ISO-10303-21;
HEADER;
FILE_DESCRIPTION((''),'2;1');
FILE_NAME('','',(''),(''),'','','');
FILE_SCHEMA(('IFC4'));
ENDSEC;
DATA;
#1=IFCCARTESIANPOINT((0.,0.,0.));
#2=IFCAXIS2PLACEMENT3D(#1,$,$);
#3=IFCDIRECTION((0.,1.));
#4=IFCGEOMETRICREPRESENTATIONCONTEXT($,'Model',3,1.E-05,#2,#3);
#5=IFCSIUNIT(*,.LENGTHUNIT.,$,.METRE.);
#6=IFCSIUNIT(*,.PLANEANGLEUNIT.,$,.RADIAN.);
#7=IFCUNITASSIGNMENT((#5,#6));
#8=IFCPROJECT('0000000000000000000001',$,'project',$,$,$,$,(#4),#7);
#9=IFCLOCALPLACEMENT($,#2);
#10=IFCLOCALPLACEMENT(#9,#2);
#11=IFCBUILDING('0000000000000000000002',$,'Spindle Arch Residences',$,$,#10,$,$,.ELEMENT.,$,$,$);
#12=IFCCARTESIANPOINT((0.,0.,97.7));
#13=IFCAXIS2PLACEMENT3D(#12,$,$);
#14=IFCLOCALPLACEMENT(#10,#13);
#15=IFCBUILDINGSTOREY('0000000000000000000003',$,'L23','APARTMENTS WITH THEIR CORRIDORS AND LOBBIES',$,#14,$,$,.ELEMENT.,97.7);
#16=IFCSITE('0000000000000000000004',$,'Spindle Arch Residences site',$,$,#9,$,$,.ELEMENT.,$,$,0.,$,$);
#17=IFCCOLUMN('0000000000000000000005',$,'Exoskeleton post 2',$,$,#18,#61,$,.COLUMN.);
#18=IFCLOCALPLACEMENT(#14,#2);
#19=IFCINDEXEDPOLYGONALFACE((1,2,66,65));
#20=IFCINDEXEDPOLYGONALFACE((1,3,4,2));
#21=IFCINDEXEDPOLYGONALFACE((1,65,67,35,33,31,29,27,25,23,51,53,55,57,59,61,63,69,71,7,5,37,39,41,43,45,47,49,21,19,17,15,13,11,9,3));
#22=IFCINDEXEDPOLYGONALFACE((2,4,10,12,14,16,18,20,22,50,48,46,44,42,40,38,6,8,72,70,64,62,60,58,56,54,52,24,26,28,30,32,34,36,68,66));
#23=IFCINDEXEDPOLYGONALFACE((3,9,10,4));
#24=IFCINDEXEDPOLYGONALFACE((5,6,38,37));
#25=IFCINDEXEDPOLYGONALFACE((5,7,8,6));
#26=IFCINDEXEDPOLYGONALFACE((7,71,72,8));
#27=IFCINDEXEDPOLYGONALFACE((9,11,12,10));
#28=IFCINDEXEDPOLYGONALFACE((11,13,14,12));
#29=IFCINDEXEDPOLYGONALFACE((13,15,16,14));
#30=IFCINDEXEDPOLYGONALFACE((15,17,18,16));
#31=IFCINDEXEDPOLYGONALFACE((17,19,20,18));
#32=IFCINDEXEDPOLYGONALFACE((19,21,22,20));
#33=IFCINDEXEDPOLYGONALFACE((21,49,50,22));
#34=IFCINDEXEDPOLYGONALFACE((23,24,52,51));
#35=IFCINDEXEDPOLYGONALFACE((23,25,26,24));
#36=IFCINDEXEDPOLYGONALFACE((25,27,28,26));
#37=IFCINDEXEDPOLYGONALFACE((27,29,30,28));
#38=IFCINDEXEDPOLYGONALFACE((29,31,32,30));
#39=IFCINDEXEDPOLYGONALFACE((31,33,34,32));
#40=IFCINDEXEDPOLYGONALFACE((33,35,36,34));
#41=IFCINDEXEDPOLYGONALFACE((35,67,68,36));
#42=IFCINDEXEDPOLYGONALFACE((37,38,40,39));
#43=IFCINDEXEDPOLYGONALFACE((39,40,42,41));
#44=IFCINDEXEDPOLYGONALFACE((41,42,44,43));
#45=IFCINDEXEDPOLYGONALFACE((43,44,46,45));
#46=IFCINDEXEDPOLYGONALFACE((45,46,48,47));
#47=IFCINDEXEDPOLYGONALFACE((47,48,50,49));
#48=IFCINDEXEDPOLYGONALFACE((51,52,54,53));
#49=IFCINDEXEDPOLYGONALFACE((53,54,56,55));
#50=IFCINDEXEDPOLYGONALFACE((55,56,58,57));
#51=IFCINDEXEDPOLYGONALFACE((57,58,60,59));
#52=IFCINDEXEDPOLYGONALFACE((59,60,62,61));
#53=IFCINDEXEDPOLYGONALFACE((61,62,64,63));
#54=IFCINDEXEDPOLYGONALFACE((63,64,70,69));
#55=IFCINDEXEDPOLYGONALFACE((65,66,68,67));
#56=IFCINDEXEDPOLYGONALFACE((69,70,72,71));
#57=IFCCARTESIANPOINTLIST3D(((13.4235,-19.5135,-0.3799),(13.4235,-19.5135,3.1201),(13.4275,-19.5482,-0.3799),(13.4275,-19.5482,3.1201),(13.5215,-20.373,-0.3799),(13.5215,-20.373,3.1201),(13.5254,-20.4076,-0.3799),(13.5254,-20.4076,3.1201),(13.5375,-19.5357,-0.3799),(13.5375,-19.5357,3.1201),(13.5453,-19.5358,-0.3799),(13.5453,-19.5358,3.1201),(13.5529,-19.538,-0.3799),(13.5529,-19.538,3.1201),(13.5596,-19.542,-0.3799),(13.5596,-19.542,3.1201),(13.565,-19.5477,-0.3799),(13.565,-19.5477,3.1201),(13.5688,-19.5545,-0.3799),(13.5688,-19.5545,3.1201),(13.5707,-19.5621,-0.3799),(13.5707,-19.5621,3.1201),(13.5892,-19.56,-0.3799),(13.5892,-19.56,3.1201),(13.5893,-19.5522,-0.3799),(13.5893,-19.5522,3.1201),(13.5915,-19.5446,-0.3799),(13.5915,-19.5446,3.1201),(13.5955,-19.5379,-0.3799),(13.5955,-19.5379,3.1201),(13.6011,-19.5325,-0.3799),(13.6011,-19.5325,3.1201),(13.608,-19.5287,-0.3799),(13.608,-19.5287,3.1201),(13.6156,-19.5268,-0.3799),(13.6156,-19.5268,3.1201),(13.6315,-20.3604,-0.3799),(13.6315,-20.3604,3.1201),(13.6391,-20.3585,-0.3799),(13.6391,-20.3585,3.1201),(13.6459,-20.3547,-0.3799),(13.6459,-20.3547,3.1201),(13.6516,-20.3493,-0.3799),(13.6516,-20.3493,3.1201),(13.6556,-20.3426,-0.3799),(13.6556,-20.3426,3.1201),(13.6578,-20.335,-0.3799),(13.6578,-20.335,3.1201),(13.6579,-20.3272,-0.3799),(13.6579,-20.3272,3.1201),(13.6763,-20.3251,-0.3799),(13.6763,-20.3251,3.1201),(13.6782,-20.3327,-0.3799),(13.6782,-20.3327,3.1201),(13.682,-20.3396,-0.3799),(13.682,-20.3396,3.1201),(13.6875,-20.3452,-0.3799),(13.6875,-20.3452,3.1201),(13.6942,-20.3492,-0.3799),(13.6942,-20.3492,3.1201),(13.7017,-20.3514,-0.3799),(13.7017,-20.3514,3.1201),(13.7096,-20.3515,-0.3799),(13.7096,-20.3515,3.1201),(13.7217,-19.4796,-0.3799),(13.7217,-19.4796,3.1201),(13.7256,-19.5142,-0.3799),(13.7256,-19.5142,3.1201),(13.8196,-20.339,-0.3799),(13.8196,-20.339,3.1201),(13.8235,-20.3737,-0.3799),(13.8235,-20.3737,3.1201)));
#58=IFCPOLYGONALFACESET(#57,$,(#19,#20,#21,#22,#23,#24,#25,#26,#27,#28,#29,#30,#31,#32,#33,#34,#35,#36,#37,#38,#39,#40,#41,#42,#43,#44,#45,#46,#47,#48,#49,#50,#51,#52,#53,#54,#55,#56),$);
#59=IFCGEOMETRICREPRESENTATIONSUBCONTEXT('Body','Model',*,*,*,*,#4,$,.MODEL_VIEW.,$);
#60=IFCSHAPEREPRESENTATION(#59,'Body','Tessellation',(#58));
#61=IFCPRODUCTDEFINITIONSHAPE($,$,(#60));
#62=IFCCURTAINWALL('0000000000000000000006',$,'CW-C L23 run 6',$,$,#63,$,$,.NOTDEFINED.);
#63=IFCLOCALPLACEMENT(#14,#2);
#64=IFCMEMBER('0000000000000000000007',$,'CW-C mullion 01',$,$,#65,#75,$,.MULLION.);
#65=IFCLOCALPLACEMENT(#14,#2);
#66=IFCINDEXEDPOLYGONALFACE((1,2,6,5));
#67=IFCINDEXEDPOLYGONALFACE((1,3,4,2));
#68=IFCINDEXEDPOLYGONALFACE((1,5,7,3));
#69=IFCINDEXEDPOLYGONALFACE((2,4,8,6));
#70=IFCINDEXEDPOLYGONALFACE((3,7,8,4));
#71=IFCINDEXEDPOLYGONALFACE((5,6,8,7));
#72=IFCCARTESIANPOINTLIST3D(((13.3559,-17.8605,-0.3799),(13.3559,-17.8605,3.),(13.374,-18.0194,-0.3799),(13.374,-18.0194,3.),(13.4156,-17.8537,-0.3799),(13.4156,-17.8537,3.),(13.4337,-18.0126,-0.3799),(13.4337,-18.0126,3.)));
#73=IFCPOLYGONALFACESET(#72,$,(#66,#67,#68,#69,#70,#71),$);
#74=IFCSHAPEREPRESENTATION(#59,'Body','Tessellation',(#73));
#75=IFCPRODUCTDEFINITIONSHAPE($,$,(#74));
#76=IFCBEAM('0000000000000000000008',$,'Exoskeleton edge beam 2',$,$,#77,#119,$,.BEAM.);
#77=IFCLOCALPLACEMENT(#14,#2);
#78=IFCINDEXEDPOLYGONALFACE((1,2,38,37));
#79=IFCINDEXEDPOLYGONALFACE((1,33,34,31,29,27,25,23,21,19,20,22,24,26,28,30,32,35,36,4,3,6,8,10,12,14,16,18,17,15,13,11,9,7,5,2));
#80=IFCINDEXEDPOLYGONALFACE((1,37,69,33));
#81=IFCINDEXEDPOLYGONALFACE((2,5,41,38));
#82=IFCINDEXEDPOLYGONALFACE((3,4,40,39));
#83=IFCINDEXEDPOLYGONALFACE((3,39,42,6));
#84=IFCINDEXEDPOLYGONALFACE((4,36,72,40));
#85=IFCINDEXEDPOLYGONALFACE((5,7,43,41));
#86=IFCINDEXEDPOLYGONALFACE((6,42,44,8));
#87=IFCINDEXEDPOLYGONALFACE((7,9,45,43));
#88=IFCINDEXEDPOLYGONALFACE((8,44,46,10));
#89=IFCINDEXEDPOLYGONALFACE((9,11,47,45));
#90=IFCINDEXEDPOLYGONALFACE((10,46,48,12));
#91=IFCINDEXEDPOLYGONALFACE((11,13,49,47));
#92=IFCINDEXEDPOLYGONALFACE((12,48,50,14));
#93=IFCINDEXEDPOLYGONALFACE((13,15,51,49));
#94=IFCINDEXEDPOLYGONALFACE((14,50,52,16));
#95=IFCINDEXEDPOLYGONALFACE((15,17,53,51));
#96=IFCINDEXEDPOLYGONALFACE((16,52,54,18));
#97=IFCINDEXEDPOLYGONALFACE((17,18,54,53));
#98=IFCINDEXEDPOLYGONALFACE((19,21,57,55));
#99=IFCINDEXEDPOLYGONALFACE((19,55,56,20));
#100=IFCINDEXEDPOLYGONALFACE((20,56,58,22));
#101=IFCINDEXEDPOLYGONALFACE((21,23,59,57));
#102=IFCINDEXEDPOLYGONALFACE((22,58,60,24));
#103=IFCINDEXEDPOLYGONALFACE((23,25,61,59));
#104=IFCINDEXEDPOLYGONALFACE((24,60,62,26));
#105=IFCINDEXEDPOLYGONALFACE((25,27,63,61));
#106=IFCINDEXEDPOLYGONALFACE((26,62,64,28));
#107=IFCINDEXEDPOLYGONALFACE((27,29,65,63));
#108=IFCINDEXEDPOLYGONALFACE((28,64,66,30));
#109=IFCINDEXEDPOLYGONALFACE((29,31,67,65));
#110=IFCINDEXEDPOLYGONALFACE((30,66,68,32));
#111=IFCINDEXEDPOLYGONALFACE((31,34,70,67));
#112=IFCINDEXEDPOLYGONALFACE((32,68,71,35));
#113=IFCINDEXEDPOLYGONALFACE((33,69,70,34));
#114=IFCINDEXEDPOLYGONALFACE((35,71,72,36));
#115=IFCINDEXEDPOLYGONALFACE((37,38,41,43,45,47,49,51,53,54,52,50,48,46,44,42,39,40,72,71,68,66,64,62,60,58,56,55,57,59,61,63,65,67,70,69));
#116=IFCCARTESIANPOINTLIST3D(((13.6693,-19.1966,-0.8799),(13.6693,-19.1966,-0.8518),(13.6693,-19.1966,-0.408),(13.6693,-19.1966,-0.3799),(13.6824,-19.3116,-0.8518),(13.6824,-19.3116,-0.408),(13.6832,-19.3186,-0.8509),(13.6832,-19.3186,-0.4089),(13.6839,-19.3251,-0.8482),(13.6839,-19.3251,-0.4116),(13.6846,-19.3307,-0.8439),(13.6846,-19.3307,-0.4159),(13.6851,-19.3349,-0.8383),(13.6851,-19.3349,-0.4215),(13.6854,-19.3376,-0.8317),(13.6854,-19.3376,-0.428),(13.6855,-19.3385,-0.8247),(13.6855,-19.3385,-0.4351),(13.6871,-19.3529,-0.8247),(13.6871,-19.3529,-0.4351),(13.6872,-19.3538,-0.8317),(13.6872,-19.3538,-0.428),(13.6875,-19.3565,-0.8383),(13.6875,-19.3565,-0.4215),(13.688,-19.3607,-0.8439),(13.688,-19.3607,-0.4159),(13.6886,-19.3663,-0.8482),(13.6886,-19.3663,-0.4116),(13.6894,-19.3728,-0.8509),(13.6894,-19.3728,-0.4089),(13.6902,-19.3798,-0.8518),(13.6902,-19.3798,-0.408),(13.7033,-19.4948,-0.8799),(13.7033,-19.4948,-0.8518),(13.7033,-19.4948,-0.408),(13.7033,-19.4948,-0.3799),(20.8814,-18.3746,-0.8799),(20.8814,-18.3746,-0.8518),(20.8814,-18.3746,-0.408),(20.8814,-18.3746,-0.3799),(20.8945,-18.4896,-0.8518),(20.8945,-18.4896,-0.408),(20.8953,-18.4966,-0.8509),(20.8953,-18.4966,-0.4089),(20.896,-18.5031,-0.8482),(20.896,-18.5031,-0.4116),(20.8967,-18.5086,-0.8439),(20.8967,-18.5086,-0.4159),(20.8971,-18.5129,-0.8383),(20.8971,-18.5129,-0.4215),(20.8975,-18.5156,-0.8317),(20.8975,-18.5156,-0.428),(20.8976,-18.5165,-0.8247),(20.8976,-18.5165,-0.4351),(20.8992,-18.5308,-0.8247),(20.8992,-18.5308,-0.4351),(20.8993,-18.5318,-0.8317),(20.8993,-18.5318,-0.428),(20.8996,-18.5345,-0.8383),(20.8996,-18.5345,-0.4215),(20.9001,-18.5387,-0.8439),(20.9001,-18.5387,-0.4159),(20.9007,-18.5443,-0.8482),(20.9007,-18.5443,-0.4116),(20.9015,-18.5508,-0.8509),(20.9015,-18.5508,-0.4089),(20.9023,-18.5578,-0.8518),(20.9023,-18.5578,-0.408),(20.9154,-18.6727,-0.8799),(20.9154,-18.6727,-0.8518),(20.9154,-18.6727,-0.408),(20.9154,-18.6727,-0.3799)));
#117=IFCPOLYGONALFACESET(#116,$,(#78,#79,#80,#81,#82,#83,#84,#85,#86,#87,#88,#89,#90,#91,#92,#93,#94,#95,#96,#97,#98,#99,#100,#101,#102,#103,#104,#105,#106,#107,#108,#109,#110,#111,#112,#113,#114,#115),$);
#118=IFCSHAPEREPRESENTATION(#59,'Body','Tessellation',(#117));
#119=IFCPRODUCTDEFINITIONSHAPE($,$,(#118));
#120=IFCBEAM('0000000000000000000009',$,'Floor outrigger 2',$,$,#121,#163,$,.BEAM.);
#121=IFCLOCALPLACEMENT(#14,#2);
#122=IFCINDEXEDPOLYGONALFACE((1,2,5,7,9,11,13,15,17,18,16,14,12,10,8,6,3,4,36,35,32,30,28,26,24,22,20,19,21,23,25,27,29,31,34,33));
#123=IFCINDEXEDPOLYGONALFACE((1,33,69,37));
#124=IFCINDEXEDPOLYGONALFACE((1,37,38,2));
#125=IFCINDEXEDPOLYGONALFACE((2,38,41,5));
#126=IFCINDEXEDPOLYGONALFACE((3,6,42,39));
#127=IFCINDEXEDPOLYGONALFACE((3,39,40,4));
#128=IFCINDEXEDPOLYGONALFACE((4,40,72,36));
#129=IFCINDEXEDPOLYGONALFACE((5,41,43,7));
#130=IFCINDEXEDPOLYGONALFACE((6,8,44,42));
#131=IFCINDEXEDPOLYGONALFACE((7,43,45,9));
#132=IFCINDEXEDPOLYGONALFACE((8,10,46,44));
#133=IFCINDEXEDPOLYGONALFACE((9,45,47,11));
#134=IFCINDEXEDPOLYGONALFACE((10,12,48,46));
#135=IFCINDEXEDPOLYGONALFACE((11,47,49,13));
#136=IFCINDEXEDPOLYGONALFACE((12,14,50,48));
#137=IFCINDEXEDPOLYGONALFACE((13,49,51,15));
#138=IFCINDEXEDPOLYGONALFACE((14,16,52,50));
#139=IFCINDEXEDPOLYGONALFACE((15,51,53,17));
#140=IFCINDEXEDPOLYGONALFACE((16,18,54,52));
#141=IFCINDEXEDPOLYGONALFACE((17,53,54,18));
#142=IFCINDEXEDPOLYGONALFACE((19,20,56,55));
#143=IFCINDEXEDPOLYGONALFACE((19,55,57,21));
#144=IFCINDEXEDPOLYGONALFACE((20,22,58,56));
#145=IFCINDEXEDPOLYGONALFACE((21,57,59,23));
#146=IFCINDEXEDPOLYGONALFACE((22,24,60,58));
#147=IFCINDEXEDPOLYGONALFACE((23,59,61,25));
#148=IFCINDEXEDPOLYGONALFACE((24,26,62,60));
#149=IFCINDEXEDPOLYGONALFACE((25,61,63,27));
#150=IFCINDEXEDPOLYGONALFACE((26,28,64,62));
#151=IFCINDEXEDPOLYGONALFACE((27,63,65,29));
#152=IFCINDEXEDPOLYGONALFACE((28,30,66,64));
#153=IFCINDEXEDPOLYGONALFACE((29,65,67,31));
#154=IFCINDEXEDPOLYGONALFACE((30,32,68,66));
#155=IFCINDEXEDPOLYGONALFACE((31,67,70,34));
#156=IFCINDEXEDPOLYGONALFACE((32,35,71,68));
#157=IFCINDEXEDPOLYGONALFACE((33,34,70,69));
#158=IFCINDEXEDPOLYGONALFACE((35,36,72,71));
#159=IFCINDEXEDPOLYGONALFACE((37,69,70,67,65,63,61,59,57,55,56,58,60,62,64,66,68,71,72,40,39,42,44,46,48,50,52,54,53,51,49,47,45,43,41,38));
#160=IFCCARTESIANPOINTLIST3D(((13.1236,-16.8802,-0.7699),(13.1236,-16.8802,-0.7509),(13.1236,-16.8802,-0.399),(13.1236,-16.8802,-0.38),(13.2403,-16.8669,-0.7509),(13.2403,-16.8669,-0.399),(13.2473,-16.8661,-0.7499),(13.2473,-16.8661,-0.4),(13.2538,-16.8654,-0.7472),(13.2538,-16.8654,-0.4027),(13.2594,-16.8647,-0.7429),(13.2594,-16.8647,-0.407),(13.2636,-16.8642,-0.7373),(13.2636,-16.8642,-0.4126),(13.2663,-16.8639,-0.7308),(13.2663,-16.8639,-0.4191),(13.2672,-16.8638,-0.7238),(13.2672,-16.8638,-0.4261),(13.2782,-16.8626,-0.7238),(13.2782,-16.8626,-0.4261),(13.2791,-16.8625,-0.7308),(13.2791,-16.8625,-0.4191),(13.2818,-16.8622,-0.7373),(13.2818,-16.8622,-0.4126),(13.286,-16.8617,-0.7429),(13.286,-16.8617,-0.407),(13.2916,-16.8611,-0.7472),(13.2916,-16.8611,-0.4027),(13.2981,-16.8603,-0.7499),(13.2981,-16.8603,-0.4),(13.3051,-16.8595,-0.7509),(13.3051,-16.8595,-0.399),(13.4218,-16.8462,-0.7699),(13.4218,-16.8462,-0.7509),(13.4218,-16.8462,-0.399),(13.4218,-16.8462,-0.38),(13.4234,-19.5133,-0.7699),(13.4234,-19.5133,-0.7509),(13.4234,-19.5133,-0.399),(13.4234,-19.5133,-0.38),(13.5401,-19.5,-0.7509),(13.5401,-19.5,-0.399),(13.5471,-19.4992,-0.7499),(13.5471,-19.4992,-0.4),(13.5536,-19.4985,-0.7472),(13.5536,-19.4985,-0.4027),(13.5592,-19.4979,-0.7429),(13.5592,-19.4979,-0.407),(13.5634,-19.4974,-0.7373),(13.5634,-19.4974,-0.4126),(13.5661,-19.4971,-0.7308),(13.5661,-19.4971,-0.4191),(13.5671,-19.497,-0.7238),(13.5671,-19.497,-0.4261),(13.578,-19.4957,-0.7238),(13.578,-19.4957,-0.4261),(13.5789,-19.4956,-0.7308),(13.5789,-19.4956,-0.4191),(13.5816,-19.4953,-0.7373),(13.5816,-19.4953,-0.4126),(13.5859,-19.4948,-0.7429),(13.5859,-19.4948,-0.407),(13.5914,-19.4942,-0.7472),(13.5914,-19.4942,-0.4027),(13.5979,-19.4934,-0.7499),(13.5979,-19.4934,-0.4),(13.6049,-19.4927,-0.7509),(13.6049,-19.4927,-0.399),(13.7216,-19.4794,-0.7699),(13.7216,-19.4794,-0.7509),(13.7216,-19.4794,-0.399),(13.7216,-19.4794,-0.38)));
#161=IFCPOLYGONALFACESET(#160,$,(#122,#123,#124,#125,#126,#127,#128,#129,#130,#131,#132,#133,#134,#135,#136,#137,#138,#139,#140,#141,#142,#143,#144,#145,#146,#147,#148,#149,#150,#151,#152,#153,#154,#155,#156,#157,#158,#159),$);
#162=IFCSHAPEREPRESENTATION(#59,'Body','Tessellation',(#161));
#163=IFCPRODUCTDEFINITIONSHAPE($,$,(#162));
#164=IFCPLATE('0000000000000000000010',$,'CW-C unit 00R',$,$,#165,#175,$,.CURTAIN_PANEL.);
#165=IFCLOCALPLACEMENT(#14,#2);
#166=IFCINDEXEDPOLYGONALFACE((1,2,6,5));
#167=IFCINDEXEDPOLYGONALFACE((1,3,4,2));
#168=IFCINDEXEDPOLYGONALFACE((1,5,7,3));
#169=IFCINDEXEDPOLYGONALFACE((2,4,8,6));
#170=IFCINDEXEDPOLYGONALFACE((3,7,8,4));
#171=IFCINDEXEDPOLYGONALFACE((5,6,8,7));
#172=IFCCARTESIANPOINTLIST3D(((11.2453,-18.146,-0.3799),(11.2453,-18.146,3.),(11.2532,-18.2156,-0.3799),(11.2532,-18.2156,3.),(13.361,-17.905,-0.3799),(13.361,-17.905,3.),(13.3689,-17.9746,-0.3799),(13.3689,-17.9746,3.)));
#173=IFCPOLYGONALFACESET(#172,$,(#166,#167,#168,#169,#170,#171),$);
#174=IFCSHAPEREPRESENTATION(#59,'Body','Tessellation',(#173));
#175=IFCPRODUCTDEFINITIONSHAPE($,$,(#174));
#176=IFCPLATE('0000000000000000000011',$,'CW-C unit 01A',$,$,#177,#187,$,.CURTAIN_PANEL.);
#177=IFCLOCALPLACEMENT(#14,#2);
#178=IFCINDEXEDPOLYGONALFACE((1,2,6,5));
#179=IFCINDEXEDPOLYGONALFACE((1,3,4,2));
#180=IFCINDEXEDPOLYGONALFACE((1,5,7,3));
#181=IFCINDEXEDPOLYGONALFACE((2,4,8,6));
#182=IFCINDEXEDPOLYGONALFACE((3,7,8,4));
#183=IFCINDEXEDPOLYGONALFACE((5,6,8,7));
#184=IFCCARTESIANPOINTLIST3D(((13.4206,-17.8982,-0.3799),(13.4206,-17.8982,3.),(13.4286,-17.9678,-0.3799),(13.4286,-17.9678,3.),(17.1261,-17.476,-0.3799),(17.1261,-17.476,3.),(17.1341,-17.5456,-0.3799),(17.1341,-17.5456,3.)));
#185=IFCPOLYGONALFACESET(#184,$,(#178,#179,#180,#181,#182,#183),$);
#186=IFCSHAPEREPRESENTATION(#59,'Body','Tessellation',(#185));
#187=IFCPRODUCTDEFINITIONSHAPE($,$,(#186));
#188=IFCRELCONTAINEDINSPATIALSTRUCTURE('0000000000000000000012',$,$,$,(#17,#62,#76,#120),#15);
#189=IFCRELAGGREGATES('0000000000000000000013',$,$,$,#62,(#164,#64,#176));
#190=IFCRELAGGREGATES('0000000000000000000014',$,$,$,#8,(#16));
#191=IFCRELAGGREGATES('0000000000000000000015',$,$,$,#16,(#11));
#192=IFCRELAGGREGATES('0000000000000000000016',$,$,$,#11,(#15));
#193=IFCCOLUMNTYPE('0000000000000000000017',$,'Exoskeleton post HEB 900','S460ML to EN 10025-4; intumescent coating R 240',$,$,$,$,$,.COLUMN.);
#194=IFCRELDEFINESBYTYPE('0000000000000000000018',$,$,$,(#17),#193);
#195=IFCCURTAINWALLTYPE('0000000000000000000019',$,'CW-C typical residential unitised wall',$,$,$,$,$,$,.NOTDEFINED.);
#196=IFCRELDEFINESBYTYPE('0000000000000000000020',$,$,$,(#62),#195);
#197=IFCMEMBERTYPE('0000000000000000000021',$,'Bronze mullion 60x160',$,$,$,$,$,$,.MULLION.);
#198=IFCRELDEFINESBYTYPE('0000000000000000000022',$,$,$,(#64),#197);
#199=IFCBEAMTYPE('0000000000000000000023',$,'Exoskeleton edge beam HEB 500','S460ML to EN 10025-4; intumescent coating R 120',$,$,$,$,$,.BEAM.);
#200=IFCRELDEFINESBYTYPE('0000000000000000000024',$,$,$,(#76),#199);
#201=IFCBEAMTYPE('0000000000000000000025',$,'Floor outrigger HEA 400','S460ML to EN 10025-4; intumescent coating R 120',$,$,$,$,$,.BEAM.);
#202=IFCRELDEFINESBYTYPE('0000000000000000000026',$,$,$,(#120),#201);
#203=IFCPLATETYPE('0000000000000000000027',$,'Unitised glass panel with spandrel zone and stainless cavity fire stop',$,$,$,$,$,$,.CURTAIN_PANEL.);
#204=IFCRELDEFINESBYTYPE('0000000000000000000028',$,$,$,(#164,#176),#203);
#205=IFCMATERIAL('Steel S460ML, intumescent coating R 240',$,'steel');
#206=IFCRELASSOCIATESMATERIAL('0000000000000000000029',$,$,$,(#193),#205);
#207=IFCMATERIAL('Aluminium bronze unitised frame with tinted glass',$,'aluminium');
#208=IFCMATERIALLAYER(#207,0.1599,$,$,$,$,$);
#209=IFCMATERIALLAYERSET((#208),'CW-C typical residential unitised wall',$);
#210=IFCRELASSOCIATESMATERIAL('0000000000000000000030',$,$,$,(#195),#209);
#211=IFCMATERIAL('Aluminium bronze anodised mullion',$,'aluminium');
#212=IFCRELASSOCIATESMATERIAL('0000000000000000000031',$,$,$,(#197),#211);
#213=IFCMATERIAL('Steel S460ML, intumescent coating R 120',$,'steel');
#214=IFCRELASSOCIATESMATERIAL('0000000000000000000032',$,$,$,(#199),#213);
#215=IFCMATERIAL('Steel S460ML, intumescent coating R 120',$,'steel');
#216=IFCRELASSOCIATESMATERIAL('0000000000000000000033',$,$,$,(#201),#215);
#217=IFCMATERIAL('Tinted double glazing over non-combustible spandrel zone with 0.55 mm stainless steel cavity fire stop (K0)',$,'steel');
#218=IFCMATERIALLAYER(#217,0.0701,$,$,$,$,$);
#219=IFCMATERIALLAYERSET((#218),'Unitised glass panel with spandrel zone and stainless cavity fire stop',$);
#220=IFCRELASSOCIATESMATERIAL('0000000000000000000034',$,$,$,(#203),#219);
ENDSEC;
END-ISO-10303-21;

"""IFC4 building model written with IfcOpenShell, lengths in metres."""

from ifc_helpers import new_model, si_unit, direction, frame, origin, origin_2d, place, context, subcontext, project, spatial, rectangle, i_section, extrude, material, layer, layer_set, material_profile, profile_set, type_object, element, aggregate, save


model = new_model("IFC4")

# Units and contexts
model_context = context("Model", 3, precision=1e-05, world=origin(), true_north=direction((0.0, 1.0)))
body_context = subcontext(model_context, "Body", "Model", "MODEL_VIEW")
ifc_project = project(units=[si_unit("LENGTHUNIT", "METRE"), si_unit("PLANEANGLEUNIT", "RADIAN")], contexts=[model_context])

# Site, building, storey
site_placement = place(None, origin())
site = spatial("IfcSite", under=ifc_project, at=site_placement, Name="Spindle Arch Residences site", CompositionType="ELEMENT", RefElevation=0.0)
building_placement = place(site_placement, origin())
building = spatial("IfcBuilding", under=site, at=building_placement, Name="Spindle Arch Residences", CompositionType="ELEMENT")
storey_placement = place(building_placement, frame((0.0, 0.0, 97.7)))
storey = spatial("IfcBuildingStorey", under=building, at=storey_placement, Name="L23", Description="APARTMENTS WITH THEIR CORRIDORS AND LOBBIES", CompositionType="ELEMENT", Elevation=97.7)

# Column
ifc_material_1 = material(Name="Steel S460ML, intumescent coating R 240", Category="steel")
ifc_material_profile_1 = material_profile(ifc_material_1, i_section(OverallWidth=0.3, OverallDepth=0.8999, WebThickness=0.0186, FlangeThickness=0.0349, FilletRadius=0.03, at=origin_2d()), Name="HEB 900")
ifc_profile_set_1 = profile_set([ifc_material_profile_1], Name="Steel S460ML, intumescent coating R 240")
column_type = type_object("IfcColumnType", Name="Exoskeleton post HEB 900", Description="S460ML to EN 10025-4; intumescent coating R 240", PredefinedType="COLUMN", material=ifc_profile_set_1)
column_placement = place(storey_placement, frame((13.6235, -19.9436, -0.3799), z_axis=(0.0, 0.0, 1.0), x_axis=(-0.993572, -0.113203, 0.0)))
element("IfcColumn", 1, at=column_placement, inside=storey, type_object=column_type, Name="Exoskeleton post 2", PredefinedType="COLUMN", context=body_context, shape_type="SweptSolid", body=[
    extrude(i_section(OverallWidth=0.3, OverallDepth=0.8999, WebThickness=0.0186, FlangeThickness=0.0349, FilletRadius=0.03, at=origin_2d()), origin(), (0.0, 0.0, 1.0), 3.5),
])

# Curtain wall, member
ifc_material_2 = material(Name="Aluminium bronze unitised frame with tinted glass", Category="aluminium")
ifc_layer_1 = layer(ifc_material_2, 0.1599)
ifc_layer_set_1 = layer_set([ifc_layer_1], Name="CW-C typical residential unitised wall")
curtain_wall_type = type_object("IfcCurtainWallType", Name="CW-C typical residential unitised wall", PredefinedType="NOTDEFINED", material=ifc_layer_set_1)
curtain_wall_placement = place(storey_placement, origin())
curtain_wall = element("IfcCurtainWall", 2, at=curtain_wall_placement, inside=storey, type_object=curtain_wall_type, Name="CW-C L23 run 6", PredefinedType="NOTDEFINED")
ifc_material_3 = material(Name="Aluminium bronze anodised mullion", Category="aluminium")
ifc_material_profile_2 = material_profile(ifc_material_3, rectangle(XDim=0.1599, YDim=0.0601, at=origin_2d()), Name="MU 60x160")
ifc_profile_set_2 = profile_set([ifc_material_profile_2], Name="Aluminium bronze anodised mullion")
member_type = type_object("IfcMemberType", Name="Bronze mullion 60x160", PredefinedType="MULLION", material=ifc_profile_set_2)
member_placement = place(storey_placement, frame((13.3948, -17.9365, -0.3799), z_axis=(0.0, 0.0, 1.0), x_axis=(-0.113203, 0.993572, 0.0)))
member = element("IfcMember", 3, at=member_placement, type_object=member_type, Name="CW-C mullion 01", PredefinedType="MULLION", context=body_context, shape_type="SweptSolid", body=[
    extrude(rectangle(XDim=0.1599, YDim=0.0601, at=origin_2d()), origin(), (0.0, 0.0, 1.0), 3.3799),
])

# Beams
ifc_material_4 = material(Name="Steel S460ML, intumescent coating R 120", Category="steel")
ifc_material_profile_3 = material_profile(ifc_material_4, i_section(OverallWidth=0.3, OverallDepth=0.5, WebThickness=0.0144, FlangeThickness=0.0281, FilletRadius=0.0271, at=origin_2d()), Name="HEB 500")
ifc_profile_set_3 = profile_set([ifc_material_profile_3], Name="Steel S460ML, intumescent coating R 120")
beam_type_1 = type_object("IfcBeamType", Name="Exoskeleton edge beam HEB 500", Description="S460ML to EN 10025-4; intumescent coating R 120", PredefinedType="BEAM", material=ifc_profile_set_3)
beam_1_placement = place(storey_placement, frame((13.6863, -19.3457, -0.6299), z_axis=(0.993567, 0.113244, 0.0), x_axis=(-0.113244, 0.993567, 0.0)))
element("IfcBeam", 4, at=beam_1_placement, inside=storey, type_object=beam_type_1, Name="Exoskeleton edge beam 2", PredefinedType="BEAM", context=body_context, shape_type="SweptSolid", body=[
    extrude(i_section(OverallWidth=0.3, OverallDepth=0.5, WebThickness=0.0144, FlangeThickness=0.0281, FilletRadius=0.0271, at=origin_2d()), origin(), (0.0, 0.0, 1.0), 7.2588),
])
ifc_material_5 = material(Name="Steel S460ML, intumescent coating R 120", Category="steel")
ifc_material_profile_4 = material_profile(ifc_material_5, i_section(OverallWidth=0.3, OverallDepth=0.3899, WebThickness=0.011, FlangeThickness=0.019, FilletRadius=0.0271, at=origin_2d()), Name="HEA 400")
ifc_profile_set_4 = profile_set([ifc_material_profile_4], Name="Steel S460ML, intumescent coating R 120")
beam_type_2 = type_object("IfcBeamType", Name="Floor outrigger HEA 400", Description="S460ML to EN 10025-4; intumescent coating R 120", PredefinedType="BEAM", material=ifc_profile_set_4)
beam_2_placement = place(storey_placement, frame((13.5725, -19.4963, -0.575), z_axis=(-0.113131, 0.99358, 0.0), x_axis=(-0.99358, -0.113131, 0.0)))
element("IfcBeam", 5, at=beam_2_placement, inside=storey, type_object=beam_type_2, Name="Floor outrigger 2", PredefinedType="BEAM", context=body_context, shape_type="SweptSolid", body=[
    extrude(i_section(OverallWidth=0.3, OverallDepth=0.3899, WebThickness=0.011, FlangeThickness=0.019, FilletRadius=0.0271, at=origin_2d()), origin(), (0.0, 0.0, 1.0), 2.6501),
])

# Plates
ifc_material_6 = material(Name="Tinted double glazing over non-combustible spandrel zone with 0.55 mm stainless steel cavity fire stop (K0)", Category="steel")
ifc_layer_2 = layer(ifc_material_6, 0.0701)
ifc_layer_set_2 = layer_set([ifc_layer_2], Name="Unitised glass panel with spandrel zone and stainless cavity fire stop")
plate_type = type_object("IfcPlateType", Name="Unitised glass panel with spandrel zone and stainless cavity fire stop", PredefinedType="CURTAIN_PANEL", material=ifc_layer_set_2)
plate_1_placement = place(storey_placement, frame((12.3071, -18.0603, -0.3799), z_axis=(0.0, 0.0, 1.0), x_axis=(0.993572, 0.113203, 0.0)))
plate_1 = element("IfcPlate", 6, at=plate_1_placement, type_object=plate_type, Name="CW-C unit 00R", PredefinedType="CURTAIN_PANEL", context=body_context, shape_type="SweptSolid", body=[
    extrude(rectangle(XDim=2.1294, YDim=0.0701, at=origin_2d()), origin(), (0.0, 0.0, 1.0), 3.3799),
])
plate_2_placement = place(storey_placement, frame((15.2773, -17.7219, -0.3799), z_axis=(0.0, 0.0, 1.0), x_axis=(0.993572, 0.113203, 0.0)))
plate_2 = element("IfcPlate", 7, at=plate_2_placement, type_object=plate_type, Name="CW-C unit 01A", PredefinedType="CURTAIN_PANEL", context=body_context, shape_type="SweptSolid", body=[
    extrude(rectangle(XDim=3.7295, YDim=0.0701, at=origin_2d()), origin(), (0.0, 0.0, 1.0), 3.3799),
])
aggregate(curtain_wall, [plate_1, member, plate_2])

save(model, "model.ifc")
